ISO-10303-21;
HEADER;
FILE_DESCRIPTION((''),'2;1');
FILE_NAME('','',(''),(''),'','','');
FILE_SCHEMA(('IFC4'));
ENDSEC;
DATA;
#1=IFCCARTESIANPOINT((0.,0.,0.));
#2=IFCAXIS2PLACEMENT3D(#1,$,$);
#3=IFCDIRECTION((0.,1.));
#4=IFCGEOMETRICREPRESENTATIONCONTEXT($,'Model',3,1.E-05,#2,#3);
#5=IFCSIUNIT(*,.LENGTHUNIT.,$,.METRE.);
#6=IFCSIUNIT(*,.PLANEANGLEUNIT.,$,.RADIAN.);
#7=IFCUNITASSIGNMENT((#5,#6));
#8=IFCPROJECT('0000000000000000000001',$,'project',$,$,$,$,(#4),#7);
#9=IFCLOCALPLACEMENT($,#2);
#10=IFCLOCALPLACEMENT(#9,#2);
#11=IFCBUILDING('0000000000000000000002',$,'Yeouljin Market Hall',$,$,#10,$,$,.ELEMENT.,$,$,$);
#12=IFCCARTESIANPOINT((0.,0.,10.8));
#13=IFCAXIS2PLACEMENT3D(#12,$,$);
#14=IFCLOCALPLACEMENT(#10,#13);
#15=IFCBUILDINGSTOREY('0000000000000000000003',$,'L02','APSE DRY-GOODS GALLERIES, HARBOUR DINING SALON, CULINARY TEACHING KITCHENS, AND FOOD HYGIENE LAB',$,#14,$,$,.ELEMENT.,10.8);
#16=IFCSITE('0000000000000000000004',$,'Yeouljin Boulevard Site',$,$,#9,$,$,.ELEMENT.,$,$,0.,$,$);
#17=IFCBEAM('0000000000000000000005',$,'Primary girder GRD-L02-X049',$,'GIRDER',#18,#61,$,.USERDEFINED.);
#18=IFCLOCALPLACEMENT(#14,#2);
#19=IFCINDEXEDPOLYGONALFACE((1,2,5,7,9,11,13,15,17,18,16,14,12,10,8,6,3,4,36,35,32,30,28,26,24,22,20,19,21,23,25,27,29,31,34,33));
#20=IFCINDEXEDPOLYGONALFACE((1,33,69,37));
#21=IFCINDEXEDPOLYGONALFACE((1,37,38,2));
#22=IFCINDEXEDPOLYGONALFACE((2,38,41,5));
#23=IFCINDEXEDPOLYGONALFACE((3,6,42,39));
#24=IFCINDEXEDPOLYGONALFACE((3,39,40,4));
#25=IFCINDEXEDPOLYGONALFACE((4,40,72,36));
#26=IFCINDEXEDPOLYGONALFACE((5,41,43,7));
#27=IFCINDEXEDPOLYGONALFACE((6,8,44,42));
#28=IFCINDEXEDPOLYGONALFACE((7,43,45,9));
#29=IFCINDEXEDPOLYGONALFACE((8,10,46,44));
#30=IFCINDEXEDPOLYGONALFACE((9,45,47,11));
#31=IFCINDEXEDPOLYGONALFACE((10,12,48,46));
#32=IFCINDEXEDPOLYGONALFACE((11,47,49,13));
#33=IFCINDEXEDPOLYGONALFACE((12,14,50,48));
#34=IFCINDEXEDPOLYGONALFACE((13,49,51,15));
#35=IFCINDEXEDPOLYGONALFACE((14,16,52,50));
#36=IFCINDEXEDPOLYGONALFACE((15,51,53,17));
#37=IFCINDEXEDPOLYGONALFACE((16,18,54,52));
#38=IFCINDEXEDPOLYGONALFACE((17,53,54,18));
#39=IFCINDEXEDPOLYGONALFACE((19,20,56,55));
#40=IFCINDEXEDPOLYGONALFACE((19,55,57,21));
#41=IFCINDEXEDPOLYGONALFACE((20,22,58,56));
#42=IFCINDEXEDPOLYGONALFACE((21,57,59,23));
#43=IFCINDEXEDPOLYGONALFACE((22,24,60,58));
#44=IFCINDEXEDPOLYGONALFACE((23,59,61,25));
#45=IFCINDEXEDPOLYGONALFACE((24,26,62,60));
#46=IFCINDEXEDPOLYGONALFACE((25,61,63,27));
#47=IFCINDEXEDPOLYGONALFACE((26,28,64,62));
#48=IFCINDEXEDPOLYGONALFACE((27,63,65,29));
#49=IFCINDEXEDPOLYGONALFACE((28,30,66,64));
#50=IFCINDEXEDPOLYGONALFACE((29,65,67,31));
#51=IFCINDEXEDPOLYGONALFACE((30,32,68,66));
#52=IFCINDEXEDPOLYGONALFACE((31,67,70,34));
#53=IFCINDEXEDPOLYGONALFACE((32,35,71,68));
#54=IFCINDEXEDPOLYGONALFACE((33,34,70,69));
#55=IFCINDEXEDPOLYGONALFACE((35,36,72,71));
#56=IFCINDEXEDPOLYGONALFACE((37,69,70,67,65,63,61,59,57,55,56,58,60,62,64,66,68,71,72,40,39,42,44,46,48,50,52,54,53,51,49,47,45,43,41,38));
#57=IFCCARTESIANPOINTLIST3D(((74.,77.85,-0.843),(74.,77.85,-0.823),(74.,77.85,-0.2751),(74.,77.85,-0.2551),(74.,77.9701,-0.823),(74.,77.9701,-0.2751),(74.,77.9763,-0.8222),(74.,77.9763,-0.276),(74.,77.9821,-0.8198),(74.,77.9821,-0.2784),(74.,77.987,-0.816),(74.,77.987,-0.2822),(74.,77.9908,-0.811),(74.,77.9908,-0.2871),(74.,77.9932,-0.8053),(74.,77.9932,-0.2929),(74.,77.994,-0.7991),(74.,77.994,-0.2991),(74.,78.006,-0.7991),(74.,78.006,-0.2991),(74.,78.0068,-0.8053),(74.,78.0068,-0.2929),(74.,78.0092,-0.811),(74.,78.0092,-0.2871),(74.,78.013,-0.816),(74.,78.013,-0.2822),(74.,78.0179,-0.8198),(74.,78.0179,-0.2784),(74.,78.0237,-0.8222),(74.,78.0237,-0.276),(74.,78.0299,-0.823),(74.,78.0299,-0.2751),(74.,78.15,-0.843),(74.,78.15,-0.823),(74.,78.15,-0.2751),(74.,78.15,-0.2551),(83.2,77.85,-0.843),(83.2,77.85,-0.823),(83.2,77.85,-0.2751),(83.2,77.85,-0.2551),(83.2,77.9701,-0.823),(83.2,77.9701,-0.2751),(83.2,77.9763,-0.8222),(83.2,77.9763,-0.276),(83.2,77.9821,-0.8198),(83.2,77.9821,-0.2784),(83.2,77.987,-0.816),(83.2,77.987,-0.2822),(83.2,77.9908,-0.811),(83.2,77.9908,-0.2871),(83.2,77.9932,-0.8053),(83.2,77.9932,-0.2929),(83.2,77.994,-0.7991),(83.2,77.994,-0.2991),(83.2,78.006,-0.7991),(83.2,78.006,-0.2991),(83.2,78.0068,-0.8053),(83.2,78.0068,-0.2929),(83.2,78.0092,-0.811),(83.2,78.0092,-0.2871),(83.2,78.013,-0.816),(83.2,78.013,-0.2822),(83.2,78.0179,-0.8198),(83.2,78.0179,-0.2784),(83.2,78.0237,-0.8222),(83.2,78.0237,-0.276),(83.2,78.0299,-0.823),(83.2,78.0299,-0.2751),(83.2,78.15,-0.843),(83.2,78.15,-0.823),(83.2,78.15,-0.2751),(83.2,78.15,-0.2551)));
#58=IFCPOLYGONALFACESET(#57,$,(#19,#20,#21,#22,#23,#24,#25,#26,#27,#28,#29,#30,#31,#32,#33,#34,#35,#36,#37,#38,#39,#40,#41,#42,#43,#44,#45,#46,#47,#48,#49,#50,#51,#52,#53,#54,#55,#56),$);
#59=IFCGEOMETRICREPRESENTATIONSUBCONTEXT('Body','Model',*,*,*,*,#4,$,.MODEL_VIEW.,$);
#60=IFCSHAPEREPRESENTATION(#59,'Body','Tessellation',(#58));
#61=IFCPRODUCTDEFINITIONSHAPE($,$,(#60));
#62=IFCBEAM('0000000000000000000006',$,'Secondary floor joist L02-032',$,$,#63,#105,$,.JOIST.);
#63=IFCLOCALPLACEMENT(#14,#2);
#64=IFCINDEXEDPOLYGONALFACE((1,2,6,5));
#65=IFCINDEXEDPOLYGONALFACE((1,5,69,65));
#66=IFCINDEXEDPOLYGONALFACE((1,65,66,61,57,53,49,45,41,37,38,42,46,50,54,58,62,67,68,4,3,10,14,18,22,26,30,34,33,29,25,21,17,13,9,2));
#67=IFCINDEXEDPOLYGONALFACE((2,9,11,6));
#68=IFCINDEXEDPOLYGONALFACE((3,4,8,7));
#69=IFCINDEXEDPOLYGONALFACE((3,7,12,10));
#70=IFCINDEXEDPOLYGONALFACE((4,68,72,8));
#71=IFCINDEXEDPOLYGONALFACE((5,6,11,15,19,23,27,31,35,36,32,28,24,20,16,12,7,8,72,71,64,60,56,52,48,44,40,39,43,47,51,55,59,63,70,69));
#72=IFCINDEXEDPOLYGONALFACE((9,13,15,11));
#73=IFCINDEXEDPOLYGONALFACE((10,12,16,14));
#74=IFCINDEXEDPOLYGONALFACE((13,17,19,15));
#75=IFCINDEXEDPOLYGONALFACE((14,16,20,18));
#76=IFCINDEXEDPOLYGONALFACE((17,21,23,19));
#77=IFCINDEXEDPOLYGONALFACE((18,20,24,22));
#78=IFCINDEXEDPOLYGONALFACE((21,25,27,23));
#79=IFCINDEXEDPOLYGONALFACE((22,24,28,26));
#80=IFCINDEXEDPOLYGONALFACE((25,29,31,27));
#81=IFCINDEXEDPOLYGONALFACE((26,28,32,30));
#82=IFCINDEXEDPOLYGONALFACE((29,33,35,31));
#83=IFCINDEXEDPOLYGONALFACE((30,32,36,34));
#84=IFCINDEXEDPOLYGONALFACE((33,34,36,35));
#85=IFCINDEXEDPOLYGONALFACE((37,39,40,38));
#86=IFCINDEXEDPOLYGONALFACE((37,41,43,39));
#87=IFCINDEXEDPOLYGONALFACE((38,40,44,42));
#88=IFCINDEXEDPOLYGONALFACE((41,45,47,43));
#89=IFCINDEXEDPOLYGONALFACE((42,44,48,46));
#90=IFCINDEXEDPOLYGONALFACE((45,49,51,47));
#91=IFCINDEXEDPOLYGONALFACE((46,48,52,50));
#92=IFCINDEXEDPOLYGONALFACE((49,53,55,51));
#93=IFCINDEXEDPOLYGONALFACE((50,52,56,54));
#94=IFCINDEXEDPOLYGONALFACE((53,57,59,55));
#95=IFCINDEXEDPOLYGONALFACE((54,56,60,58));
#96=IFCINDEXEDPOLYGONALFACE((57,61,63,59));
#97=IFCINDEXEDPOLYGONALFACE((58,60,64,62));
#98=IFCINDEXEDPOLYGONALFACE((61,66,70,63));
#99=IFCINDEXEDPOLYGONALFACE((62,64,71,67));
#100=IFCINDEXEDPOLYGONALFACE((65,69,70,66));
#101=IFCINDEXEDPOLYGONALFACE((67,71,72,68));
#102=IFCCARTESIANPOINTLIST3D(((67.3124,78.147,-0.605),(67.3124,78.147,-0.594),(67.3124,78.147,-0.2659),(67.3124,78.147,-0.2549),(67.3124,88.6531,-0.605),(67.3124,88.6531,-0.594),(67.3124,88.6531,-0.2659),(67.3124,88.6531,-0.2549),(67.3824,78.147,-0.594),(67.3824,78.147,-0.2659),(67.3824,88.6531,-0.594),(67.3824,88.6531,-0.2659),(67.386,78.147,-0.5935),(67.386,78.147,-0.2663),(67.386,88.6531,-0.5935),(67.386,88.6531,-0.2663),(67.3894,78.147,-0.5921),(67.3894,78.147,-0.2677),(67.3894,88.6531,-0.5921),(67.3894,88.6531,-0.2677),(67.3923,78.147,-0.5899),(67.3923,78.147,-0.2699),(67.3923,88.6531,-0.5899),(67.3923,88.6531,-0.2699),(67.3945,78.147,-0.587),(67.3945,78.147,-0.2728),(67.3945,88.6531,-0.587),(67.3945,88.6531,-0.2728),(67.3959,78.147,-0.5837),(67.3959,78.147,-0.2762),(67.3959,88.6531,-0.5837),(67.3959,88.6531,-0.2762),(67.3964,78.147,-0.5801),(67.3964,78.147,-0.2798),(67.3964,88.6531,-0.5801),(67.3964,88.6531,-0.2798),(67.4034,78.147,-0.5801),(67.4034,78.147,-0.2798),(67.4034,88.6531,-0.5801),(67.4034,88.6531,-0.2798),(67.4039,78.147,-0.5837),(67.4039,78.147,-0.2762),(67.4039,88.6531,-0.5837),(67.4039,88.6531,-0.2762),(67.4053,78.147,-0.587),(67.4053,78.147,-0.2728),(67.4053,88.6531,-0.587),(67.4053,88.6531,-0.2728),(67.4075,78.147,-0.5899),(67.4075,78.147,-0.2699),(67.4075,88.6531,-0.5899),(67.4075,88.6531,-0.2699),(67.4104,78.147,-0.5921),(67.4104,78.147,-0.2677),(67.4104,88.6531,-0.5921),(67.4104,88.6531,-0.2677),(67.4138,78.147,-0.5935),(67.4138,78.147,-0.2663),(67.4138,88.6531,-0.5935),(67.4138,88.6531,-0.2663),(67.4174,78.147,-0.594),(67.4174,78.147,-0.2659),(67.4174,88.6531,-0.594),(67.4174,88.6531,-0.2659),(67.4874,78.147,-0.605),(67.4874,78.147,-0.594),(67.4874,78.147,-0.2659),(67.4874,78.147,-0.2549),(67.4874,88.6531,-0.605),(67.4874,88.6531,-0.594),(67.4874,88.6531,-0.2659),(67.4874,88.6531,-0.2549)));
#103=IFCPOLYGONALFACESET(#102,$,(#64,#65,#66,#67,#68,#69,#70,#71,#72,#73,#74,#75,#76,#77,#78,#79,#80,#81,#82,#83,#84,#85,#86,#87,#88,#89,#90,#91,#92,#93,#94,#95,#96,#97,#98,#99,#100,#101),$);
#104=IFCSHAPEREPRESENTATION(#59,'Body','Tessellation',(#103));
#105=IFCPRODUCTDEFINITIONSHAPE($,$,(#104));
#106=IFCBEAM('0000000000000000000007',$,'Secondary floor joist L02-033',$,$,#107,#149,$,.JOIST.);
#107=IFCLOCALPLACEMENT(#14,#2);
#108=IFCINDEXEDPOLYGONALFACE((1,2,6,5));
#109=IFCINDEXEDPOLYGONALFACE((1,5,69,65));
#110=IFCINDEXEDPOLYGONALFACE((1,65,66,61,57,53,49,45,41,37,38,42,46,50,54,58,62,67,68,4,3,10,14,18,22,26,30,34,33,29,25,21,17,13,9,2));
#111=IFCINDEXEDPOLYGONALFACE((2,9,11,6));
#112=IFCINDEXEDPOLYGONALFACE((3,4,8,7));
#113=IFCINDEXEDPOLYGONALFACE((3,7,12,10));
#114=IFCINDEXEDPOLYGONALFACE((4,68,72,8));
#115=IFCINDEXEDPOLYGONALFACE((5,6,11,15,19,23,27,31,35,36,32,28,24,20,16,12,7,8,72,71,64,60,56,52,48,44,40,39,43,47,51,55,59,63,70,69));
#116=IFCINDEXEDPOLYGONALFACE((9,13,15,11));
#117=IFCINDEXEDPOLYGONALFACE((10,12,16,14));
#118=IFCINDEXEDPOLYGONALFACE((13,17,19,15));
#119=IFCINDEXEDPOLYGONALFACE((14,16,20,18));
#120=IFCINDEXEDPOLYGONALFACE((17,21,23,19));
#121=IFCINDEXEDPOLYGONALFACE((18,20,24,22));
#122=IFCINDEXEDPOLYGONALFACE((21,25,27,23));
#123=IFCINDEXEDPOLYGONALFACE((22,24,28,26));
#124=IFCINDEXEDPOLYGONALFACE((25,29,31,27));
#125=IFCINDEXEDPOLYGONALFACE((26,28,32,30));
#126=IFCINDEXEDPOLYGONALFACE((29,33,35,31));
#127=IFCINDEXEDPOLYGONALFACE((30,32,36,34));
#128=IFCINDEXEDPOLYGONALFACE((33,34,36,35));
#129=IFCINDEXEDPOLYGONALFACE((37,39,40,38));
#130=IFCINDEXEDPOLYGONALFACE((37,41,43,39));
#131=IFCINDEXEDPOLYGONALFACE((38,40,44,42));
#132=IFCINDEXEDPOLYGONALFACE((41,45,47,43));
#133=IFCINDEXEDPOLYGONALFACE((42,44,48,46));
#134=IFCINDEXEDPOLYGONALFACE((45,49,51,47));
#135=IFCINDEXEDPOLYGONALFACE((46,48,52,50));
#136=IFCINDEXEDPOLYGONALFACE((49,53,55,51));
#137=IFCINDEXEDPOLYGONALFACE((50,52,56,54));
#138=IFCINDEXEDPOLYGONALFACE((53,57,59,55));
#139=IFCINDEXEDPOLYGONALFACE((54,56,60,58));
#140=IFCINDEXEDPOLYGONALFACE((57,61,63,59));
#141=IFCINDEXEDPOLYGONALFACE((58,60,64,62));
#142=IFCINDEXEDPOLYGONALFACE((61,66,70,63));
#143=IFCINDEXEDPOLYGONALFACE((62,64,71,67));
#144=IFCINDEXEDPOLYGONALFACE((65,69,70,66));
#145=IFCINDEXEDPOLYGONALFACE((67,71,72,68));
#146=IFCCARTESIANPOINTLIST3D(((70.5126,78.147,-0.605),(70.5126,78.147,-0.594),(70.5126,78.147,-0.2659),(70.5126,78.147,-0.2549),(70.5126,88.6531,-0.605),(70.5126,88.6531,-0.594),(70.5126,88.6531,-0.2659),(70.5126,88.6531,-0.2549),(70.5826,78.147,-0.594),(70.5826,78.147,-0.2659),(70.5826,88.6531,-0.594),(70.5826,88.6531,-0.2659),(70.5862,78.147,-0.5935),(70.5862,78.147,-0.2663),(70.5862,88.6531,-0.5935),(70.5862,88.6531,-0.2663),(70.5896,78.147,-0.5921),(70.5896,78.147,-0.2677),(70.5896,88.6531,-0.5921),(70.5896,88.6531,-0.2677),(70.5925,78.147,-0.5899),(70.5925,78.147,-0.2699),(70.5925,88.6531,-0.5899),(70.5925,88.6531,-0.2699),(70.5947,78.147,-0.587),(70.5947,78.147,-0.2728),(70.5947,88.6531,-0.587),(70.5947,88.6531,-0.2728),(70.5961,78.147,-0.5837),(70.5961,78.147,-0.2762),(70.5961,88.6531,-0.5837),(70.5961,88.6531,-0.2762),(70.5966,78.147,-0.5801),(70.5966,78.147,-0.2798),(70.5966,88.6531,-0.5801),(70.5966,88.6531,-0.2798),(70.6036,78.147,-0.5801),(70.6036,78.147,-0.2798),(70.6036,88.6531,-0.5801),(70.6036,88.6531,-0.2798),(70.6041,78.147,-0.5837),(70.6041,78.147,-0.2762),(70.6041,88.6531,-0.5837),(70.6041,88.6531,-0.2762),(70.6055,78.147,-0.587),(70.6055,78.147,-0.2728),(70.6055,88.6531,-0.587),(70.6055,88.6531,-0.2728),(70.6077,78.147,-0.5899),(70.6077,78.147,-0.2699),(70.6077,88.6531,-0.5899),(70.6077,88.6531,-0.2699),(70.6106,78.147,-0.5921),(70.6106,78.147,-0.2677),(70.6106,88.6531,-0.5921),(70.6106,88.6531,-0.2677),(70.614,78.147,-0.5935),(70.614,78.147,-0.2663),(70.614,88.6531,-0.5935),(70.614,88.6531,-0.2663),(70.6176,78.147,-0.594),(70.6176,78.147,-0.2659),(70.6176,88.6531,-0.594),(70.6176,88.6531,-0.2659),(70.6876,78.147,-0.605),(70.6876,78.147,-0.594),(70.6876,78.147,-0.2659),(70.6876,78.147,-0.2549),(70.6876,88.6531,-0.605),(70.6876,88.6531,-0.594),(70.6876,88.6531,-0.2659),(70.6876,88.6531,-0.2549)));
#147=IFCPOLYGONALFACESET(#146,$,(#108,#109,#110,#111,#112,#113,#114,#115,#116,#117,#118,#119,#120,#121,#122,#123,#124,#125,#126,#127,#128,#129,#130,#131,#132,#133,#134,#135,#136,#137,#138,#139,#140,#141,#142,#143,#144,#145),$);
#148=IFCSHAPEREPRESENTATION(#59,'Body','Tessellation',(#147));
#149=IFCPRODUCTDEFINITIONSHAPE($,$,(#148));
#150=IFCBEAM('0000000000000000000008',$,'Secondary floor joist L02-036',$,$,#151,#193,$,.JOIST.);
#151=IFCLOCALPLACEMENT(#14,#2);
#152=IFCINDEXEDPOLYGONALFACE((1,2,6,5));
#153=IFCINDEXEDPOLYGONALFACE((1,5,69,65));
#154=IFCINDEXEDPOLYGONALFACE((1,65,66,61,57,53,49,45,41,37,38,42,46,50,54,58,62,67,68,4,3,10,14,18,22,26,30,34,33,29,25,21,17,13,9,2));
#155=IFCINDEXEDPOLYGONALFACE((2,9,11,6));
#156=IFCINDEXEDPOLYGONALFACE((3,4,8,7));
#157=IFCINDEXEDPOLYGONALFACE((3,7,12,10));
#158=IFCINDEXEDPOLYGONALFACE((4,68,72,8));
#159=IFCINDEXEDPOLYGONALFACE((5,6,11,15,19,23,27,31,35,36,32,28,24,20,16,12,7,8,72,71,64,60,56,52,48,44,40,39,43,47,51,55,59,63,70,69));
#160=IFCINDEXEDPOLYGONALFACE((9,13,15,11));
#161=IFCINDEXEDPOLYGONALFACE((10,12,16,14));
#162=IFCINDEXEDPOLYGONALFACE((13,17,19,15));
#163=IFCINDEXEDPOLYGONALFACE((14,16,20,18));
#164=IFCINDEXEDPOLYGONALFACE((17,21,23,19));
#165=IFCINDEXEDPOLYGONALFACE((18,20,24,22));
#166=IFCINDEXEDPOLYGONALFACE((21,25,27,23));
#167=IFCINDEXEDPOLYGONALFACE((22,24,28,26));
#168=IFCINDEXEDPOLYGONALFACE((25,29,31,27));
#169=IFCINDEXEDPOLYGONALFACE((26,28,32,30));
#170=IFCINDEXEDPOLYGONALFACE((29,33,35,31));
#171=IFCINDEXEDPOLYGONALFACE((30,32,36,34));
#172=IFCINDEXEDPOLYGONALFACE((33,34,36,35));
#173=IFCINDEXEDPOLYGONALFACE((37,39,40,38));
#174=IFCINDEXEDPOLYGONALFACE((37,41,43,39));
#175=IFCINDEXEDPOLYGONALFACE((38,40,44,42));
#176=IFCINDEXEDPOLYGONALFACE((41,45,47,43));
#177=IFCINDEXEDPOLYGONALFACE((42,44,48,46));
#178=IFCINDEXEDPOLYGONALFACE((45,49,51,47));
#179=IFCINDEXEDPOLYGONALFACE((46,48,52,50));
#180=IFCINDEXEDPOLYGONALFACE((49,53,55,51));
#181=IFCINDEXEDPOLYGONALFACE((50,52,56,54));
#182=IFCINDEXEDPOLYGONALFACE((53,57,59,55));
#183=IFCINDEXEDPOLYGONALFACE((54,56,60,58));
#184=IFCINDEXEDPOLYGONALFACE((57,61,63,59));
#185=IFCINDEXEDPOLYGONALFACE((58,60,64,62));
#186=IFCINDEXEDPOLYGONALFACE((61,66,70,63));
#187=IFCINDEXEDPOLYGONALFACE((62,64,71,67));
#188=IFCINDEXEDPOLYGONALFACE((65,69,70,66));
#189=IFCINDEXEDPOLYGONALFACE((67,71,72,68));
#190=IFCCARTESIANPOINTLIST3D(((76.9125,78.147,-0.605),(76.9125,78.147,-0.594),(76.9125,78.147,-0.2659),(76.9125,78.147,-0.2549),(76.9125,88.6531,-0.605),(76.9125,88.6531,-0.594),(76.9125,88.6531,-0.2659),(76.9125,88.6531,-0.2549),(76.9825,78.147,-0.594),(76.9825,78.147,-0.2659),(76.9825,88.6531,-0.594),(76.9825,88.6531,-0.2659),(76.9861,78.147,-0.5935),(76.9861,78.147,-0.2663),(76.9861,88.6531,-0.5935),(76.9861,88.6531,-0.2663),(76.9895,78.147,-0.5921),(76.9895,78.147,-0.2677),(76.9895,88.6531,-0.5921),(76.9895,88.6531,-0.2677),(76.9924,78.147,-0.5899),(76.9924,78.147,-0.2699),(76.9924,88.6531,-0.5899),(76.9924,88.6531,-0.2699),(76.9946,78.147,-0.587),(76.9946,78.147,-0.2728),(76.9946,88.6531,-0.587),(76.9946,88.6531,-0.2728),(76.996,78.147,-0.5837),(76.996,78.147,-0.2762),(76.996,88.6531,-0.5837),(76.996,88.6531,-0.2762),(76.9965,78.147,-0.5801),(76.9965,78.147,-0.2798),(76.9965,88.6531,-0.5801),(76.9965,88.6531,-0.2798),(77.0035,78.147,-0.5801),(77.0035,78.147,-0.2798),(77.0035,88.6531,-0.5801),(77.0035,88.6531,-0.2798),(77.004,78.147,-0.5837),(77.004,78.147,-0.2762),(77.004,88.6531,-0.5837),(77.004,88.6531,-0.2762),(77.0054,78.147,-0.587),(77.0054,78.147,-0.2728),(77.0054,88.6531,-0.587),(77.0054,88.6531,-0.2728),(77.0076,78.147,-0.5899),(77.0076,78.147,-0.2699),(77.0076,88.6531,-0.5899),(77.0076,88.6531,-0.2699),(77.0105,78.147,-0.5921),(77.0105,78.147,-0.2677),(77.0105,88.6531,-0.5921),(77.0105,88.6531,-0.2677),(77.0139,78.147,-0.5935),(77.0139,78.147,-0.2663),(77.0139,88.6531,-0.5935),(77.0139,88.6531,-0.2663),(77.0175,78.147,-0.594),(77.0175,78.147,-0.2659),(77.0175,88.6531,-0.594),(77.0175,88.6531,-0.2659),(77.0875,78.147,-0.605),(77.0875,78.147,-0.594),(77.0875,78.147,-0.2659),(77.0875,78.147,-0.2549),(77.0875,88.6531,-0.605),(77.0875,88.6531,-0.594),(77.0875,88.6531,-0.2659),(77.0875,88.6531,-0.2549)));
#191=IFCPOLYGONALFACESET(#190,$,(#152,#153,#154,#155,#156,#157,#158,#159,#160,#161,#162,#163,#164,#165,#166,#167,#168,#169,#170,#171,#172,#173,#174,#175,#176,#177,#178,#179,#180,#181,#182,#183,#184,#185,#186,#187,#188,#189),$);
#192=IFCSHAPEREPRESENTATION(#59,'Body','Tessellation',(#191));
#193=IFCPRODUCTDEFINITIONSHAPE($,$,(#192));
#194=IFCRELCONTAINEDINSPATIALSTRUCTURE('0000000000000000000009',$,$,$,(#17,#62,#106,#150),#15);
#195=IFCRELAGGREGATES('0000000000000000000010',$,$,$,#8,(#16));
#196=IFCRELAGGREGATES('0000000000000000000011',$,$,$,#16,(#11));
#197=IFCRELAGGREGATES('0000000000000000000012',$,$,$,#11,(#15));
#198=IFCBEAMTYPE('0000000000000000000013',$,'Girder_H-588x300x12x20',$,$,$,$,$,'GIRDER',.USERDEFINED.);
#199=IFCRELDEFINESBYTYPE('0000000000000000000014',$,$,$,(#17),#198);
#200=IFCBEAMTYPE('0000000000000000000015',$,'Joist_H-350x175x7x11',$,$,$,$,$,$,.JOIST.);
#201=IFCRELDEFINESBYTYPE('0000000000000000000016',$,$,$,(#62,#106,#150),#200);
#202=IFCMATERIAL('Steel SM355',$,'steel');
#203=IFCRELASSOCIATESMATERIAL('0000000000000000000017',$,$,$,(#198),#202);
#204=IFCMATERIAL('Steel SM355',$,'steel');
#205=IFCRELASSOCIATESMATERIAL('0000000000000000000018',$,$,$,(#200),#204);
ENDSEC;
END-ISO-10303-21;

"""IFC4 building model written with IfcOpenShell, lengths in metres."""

from ifc_helpers import new_model, si_unit, direction, frame, origin, origin_2d, place, context, subcontext, project, spatial, i_section, extrude, material, material_profile, profile_set, type_object, element, save


model = new_model("IFC4")

# Units and contexts
model_context = context("Model", 3, precision=1e-05, world=origin(), true_north=direction((0.0, 1.0)))
body_context = subcontext(model_context, "Body", "Model", "MODEL_VIEW")
ifc_project = project(units=[si_unit("LENGTHUNIT", "METRE"), si_unit("PLANEANGLEUNIT", "RADIAN")], contexts=[model_context])

# Site, building, storey
site_placement = place(None, origin())
site = spatial("IfcSite", under=ifc_project, at=site_placement, Name="Yeouljin Boulevard Site", CompositionType="ELEMENT", RefElevation=0.0)
building_placement = place(site_placement, origin())
building = spatial("IfcBuilding", under=site, at=building_placement, Name="Yeouljin Market Hall", CompositionType="ELEMENT")
storey_placement = place(building_placement, frame((0.0, 0.0, 10.8)))
storey = spatial("IfcBuildingStorey", under=building, at=storey_placement, Name="L02", Description="APSE DRY-GOODS GALLERIES, HARBOUR DINING SALON, CULINARY TEACHING KITCHENS, AND FOOD HYGIENE LAB", CompositionType="ELEMENT", Elevation=10.8)

# Beams
ifc_material_1 = material(Name="Steel SM355", Category="steel")
ifc_material_profile_1 = material_profile(ifc_material_1, i_section(OverallWidth=0.3, OverallDepth=0.5879, WebThickness=0.012, FlangeThickness=0.02, FilletRadius=0.0239, at=origin_2d()), Name="H-588x300x12x20")
ifc_profile_set_1 = profile_set([ifc_material_profile_1], Name="Steel SM355")
beam_type_1 = type_object("IfcBeamType", Name="Girder_H-588x300x12x20", ElementType="GIRDER", PredefinedType="USERDEFINED", material=ifc_profile_set_1)
beam_1_placement = place(storey_placement, frame((74.0, 78.0, -0.5491), z_axis=(1.0, 0.0, 0.0), x_axis=(0.0, 1.0, 0.0)))
element("IfcBeam", 1, at=beam_1_placement, inside=storey, type_object=beam_type_1, Name="Primary girder GRD-L02-X049", ObjectType="GIRDER", PredefinedType="USERDEFINED", context=body_context, shape_type="SweptSolid", body=[
    extrude(i_section(OverallWidth=0.3, OverallDepth=0.5879, WebThickness=0.012, FlangeThickness=0.02, FilletRadius=0.0239, at=origin_2d()), origin(), (0.0, 0.0, 1.0), 9.2),
])
ifc_material_2 = material(Name="Steel SM355", Category="steel")
ifc_material_profile_2 = material_profile(ifc_material_2, i_section(OverallWidth=0.175, OverallDepth=0.3501, WebThickness=0.0071, FlangeThickness=0.011, FilletRadius=0.0139, at=origin_2d()), Name="H-350x175x7x11")
ifc_profile_set_2 = profile_set([ifc_material_profile_2], Name="Steel SM355")
beam_type_2 = type_object("IfcBeamType", Name="Joist_H-350x175x7x11", PredefinedType="JOIST", material=ifc_profile_set_2)
for number, where, z_axis, x_axis, name in (
    (2, (67.3999, 78.147, -0.4299), (0.0, 1.0, 0.0), (-1.0, 0.0, 0.0), "Secondary floor joist L02-032"),
    (3, (70.6001, 78.147, -0.4299), (0.0, 1.0, 0.0), (-1.0, 0.0, 0.0), "Secondary floor joist L02-033"),
    (4, (77.0, 78.147, -0.4299), (0.0, 1.0, 0.0), (-1.0, 0.0, 0.0), "Secondary floor joist L02-036"),
):
    element("IfcBeam", number, at=place(storey_placement, frame(where, z_axis=z_axis, x_axis=x_axis)), inside=storey, type_object=beam_type_2, Name=name, PredefinedType="JOIST", context=body_context, shape_type="SweptSolid", body=[
        extrude(i_section(OverallWidth=0.175, OverallDepth=0.3501, WebThickness=0.0071, FlangeThickness=0.011, FilletRadius=0.0139, at=origin_2d()), origin(), (0.0, 0.0, 1.0), 10.5061),
    ])

save(model, "model.ifc")
